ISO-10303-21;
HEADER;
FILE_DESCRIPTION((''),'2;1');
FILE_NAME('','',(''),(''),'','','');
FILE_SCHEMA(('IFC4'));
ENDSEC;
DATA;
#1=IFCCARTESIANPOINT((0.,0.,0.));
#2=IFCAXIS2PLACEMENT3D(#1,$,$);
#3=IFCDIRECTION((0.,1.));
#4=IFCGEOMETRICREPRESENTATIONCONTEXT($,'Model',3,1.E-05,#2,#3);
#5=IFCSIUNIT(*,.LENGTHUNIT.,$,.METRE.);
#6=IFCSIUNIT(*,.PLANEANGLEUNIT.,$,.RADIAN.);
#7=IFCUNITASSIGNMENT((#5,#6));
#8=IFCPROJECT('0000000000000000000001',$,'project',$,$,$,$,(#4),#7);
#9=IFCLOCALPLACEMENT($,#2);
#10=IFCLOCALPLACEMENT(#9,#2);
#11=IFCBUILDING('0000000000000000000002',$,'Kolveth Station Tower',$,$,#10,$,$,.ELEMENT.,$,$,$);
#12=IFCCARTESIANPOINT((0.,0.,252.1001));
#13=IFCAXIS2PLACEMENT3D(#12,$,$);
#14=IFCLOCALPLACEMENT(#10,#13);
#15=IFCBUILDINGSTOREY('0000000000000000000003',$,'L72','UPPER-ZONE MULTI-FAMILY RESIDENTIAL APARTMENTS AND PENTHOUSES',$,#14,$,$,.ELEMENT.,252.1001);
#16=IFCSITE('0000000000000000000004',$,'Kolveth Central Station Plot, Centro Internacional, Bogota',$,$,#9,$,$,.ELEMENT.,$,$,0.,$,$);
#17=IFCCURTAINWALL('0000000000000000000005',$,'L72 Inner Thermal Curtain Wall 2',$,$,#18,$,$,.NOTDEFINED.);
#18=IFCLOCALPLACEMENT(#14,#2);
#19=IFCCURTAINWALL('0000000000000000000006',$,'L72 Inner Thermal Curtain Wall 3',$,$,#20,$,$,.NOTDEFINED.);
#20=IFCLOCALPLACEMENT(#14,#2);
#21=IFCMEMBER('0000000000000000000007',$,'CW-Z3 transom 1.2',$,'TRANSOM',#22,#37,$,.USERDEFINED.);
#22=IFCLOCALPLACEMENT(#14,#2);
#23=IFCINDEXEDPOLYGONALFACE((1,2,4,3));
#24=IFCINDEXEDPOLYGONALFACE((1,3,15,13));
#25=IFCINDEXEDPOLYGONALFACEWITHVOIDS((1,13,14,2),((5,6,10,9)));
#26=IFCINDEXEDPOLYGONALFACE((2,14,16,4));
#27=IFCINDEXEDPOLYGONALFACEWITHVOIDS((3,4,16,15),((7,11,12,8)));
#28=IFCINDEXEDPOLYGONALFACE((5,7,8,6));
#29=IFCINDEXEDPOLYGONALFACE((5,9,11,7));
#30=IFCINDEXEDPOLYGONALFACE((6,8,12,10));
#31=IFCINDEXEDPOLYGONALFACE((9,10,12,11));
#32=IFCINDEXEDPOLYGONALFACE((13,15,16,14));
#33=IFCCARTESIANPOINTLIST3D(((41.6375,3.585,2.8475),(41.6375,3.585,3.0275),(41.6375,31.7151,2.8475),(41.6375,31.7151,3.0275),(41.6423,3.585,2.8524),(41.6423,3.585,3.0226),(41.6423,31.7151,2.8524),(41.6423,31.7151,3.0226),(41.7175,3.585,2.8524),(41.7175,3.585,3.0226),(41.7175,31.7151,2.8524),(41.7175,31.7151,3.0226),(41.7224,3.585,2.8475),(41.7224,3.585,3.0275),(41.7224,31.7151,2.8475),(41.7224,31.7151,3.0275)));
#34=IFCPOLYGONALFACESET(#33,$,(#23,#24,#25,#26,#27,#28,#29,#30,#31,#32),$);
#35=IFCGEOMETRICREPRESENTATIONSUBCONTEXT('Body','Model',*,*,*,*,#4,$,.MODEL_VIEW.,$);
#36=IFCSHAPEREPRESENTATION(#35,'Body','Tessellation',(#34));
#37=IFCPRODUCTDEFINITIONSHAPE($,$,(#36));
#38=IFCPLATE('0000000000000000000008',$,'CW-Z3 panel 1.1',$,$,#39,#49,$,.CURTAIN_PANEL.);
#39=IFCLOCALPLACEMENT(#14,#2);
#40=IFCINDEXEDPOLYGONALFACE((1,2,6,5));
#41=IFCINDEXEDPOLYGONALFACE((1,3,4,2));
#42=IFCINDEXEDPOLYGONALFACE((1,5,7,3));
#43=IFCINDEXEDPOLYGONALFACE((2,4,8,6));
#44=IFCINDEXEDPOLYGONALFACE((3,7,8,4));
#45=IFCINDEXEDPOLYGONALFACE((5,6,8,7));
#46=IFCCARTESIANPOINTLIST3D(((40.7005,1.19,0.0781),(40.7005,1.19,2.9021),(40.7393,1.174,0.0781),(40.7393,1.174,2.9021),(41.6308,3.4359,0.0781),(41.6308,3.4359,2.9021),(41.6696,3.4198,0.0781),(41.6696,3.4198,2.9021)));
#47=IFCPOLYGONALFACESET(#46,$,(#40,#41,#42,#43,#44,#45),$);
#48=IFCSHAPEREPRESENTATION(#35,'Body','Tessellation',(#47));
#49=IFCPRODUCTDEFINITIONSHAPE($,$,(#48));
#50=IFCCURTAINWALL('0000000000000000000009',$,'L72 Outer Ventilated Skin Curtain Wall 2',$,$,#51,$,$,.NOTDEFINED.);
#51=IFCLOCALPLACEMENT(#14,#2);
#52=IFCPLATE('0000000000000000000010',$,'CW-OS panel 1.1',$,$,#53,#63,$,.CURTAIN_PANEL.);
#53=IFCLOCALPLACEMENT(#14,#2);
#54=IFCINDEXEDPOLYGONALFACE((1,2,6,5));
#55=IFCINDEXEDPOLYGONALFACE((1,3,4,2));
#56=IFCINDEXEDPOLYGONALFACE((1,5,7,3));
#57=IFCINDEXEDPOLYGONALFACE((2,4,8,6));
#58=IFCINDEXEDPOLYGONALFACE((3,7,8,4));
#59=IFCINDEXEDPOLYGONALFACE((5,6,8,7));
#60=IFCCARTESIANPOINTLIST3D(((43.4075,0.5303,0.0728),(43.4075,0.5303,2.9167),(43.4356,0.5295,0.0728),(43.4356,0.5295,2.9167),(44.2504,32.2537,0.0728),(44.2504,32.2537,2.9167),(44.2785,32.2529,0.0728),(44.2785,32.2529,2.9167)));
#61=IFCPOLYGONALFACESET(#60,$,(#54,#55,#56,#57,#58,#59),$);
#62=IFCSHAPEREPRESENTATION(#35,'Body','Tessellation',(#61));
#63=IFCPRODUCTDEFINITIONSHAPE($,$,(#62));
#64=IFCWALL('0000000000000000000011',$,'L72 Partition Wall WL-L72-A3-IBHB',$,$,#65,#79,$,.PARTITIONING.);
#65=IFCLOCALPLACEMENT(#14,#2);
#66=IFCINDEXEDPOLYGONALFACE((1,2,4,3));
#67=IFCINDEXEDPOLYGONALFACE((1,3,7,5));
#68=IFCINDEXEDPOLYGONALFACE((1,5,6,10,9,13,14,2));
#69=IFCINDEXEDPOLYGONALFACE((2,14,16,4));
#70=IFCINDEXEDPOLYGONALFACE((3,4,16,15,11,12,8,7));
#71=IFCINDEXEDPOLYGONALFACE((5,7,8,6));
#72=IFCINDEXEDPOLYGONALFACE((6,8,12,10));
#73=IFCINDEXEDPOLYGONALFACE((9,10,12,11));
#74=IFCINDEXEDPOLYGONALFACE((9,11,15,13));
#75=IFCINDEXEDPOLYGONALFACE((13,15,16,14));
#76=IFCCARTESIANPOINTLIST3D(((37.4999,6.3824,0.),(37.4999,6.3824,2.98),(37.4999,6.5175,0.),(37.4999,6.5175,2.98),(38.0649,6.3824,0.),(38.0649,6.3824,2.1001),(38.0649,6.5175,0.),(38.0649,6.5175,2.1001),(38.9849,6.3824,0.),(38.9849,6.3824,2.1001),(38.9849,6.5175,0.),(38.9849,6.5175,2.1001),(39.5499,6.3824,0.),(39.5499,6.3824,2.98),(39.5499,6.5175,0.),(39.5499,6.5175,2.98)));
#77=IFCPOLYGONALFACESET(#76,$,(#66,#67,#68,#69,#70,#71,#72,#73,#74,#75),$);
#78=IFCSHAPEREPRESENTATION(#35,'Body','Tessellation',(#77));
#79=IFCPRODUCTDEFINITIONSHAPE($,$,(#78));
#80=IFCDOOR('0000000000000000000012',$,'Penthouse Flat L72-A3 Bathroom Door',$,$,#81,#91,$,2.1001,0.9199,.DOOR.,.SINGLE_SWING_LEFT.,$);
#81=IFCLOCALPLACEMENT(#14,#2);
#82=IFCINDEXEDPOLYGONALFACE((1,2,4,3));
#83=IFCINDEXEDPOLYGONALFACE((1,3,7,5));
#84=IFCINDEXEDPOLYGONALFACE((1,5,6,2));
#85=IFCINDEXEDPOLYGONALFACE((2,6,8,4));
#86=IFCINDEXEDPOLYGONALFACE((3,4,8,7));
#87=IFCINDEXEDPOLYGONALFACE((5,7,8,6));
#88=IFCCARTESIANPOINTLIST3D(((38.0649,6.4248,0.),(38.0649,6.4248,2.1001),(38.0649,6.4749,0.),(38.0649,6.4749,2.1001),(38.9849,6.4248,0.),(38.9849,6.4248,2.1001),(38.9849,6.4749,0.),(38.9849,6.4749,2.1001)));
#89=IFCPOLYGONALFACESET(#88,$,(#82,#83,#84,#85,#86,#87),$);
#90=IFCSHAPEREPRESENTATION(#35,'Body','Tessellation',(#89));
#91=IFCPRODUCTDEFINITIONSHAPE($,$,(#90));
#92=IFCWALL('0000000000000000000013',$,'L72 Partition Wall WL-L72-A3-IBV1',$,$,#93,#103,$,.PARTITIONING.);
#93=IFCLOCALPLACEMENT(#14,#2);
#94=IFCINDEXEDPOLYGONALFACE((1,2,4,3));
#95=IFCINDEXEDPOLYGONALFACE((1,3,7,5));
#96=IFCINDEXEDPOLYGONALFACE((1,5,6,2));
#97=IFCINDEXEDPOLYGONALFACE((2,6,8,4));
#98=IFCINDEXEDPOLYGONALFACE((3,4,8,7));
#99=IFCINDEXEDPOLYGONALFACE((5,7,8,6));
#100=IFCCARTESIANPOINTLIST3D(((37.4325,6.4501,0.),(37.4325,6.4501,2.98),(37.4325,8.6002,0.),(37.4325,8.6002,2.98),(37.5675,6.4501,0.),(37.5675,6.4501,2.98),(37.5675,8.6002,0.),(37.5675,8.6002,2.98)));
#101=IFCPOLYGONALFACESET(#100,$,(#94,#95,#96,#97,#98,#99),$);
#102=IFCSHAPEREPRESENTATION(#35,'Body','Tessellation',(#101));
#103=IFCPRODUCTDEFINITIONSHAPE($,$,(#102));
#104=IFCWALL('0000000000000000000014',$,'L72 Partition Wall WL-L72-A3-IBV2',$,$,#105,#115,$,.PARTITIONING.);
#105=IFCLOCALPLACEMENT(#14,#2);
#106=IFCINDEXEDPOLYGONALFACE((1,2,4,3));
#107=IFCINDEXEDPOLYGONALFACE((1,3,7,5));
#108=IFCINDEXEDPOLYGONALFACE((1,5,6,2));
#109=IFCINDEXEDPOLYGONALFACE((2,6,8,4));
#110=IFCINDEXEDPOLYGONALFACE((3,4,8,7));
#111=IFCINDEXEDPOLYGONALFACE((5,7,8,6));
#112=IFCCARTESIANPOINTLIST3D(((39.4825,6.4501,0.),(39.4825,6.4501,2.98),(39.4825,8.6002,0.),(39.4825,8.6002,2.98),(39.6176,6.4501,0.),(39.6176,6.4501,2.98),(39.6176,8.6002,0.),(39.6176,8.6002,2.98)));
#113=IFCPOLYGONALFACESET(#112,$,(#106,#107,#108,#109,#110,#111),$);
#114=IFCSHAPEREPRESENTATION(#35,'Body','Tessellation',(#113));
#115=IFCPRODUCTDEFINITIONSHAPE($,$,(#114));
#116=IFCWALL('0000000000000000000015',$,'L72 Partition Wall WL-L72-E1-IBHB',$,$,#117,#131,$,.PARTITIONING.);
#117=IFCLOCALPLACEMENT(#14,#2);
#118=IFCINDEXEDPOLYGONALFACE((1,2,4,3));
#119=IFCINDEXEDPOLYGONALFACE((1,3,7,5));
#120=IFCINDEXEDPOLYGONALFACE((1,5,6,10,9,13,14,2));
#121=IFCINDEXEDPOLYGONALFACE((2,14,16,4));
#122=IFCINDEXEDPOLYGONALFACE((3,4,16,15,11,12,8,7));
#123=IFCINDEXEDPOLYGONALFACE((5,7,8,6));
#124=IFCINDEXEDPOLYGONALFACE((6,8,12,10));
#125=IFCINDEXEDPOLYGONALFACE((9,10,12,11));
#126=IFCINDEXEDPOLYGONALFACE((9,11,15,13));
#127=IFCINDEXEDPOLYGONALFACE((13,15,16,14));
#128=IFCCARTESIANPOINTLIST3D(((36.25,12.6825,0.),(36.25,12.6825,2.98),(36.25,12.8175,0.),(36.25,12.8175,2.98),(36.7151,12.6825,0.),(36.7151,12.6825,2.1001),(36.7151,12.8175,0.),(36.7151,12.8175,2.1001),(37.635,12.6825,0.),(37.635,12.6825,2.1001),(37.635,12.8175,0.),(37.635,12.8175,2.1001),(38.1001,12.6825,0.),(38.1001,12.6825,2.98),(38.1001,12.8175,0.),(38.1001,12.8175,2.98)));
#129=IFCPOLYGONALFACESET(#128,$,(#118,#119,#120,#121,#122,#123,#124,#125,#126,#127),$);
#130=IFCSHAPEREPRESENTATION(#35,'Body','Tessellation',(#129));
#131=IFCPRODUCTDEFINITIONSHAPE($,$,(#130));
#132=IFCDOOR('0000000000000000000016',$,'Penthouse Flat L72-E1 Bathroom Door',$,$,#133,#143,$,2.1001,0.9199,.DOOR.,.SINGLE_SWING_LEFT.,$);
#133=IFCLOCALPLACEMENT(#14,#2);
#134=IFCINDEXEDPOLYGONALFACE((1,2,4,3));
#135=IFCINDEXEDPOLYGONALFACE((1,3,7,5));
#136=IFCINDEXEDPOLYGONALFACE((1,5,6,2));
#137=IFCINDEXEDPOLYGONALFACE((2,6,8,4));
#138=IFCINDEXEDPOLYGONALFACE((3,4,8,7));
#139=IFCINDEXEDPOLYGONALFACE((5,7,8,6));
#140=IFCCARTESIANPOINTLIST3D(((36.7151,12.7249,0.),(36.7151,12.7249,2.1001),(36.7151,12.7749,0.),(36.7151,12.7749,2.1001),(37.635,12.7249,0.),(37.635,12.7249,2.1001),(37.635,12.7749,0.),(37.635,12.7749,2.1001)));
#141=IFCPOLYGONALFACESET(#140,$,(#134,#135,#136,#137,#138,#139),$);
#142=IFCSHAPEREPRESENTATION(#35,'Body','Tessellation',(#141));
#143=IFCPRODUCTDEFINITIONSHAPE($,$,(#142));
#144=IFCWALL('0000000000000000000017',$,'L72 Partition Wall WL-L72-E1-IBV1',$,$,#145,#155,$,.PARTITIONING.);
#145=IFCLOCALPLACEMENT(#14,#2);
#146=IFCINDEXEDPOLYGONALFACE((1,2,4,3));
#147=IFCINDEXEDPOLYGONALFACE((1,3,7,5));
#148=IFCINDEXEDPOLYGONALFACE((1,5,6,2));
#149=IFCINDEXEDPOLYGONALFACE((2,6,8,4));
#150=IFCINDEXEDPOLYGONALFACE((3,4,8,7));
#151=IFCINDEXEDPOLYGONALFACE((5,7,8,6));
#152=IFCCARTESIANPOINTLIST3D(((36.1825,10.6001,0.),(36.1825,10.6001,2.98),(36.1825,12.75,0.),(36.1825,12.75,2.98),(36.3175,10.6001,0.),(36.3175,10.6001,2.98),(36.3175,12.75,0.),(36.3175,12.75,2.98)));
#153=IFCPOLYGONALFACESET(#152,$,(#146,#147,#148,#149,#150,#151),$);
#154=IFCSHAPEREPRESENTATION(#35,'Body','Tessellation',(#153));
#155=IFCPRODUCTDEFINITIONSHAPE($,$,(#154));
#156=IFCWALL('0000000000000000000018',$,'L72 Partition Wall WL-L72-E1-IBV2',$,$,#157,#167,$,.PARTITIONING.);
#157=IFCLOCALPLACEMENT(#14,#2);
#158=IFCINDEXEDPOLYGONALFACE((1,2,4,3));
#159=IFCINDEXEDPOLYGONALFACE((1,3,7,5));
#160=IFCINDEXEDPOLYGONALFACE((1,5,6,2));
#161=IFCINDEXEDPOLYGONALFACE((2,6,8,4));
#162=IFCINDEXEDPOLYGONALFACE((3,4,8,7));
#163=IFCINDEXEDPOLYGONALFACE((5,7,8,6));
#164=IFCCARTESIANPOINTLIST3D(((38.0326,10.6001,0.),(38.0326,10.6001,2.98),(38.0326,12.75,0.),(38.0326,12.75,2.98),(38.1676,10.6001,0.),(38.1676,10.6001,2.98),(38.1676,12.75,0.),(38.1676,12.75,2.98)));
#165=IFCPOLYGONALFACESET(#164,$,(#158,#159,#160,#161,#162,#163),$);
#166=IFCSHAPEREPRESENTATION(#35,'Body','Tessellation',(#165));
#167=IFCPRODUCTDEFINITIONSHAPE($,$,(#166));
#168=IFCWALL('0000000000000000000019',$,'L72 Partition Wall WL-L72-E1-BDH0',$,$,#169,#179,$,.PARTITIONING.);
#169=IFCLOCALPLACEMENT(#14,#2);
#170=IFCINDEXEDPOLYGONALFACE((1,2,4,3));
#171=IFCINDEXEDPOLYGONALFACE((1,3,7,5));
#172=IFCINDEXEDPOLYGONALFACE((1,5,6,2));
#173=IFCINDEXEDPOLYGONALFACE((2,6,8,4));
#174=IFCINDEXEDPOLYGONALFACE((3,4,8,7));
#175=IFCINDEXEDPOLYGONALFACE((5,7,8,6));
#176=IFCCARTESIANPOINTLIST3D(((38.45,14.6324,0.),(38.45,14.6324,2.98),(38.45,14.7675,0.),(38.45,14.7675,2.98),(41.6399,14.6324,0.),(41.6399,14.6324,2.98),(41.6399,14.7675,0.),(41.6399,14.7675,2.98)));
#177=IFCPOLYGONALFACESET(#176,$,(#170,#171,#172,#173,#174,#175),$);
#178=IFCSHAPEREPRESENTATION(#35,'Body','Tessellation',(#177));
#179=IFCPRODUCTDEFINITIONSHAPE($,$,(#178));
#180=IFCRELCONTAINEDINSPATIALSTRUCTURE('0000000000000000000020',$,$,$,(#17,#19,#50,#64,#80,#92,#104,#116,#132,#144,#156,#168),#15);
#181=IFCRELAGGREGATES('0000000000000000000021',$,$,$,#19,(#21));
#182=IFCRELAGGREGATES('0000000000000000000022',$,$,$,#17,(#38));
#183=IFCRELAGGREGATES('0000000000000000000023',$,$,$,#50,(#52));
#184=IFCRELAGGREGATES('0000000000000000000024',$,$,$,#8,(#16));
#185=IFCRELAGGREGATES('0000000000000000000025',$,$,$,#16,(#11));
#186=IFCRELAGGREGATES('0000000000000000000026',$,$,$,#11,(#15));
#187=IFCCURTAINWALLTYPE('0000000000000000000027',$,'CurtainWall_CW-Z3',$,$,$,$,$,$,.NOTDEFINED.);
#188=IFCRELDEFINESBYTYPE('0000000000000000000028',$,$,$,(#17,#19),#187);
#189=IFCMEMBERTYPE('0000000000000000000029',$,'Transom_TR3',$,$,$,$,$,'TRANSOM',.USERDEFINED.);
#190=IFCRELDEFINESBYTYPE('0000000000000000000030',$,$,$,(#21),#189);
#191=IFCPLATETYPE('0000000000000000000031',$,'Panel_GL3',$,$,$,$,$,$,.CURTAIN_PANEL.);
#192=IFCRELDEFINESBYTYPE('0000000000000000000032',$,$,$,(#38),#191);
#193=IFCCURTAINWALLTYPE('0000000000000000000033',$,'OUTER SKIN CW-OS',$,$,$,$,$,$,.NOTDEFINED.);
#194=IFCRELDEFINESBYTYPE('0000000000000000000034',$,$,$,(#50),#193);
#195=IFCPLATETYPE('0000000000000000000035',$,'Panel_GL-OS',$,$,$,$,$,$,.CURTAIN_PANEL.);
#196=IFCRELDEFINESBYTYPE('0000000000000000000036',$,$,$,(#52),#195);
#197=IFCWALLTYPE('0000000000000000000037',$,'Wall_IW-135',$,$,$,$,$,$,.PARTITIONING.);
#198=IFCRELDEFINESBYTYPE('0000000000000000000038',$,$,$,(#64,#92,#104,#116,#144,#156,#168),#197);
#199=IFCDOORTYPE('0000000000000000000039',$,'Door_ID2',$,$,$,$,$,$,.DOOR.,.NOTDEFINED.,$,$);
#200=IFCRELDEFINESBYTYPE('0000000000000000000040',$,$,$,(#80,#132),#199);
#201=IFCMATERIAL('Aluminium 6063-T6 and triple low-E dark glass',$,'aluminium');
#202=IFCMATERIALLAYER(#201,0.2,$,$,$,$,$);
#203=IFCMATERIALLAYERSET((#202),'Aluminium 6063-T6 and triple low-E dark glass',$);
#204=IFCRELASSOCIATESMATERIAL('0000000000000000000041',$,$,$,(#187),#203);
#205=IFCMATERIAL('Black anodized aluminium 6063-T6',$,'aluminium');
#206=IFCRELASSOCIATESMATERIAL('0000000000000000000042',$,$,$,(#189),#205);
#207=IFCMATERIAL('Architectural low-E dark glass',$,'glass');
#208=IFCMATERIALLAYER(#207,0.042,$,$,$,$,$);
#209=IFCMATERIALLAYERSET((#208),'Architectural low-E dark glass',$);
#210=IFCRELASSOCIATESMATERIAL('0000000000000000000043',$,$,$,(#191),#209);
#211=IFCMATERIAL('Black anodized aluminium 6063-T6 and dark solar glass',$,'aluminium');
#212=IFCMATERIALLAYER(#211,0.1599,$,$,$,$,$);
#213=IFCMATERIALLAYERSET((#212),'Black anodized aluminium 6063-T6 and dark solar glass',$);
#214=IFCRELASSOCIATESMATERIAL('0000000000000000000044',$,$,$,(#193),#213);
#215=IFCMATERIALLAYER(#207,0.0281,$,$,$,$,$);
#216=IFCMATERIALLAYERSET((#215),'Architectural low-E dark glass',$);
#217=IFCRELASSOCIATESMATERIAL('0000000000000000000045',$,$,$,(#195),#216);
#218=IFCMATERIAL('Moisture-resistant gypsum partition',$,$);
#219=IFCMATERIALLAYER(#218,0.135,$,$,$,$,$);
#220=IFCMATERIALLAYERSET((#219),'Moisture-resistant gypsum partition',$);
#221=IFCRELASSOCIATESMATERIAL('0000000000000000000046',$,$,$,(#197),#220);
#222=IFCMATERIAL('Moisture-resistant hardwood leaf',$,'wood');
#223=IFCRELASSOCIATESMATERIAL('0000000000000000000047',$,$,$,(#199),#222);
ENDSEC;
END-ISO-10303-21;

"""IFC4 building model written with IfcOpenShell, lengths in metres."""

from ifc_helpers import new_model, si_unit, direction, frame, frame_2d, origin, origin_2d, place, context, subcontext, project, spatial, rectangle, hollow_rectangle, extrude, source, transform, mapped, material, layer, layer_set, material_profile, profile_set, type_object, element, fill, aggregate, save


model = new_model("IFC4")

# Units and contexts
model_context = context("Model", 3, precision=1e-05, world=origin(), true_north=direction((0.0, 1.0)))
body_context = subcontext(model_context, "Body", "Model", "MODEL_VIEW")
ifc_project = project(units=[si_unit("LENGTHUNIT", "METRE"), si_unit("PLANEANGLEUNIT", "RADIAN")], contexts=[model_context])

# Site, building, storey
site_placement = place(None, origin())
site = spatial("IfcSite", under=ifc_project, at=site_placement, Name="Kolveth Central Station Plot, Centro Internacional, Bogota", CompositionType="ELEMENT", RefElevation=0.0)
building_placement = place(site_placement, origin())
building = spatial("IfcBuilding", under=site, at=building_placement, Name="Kolveth Station Tower", CompositionType="ELEMENT")
storey_placement = place(building_placement, frame((0.0, 0.0, 252.1001)))
storey = spatial("IfcBuildingStorey", under=building, at=storey_placement, Name="L72", Description="UPPER-ZONE MULTI-FAMILY RESIDENTIAL APARTMENTS AND PENTHOUSES", CompositionType="ELEMENT", Elevation=252.1001)

# Curtain walls
ifc_material_1 = material(Name="Aluminium 6063-T6 and triple low-E dark glass", Category="aluminium")
ifc_layer_1 = layer(ifc_material_1, 0.2)
ifc_layer_set_1 = layer_set([ifc_layer_1], Name="Aluminium 6063-T6 and triple low-E dark glass")
curtain_wall_type_1 = type_object("IfcCurtainWallType", Name="CurtainWall_CW-Z3", PredefinedType="NOTDEFINED", material=ifc_layer_set_1)
curtain_wall_1_placement = place(storey_placement, origin())
curtain_wall_1 = element("IfcCurtainWall", 1, at=curtain_wall_1_placement, inside=storey, type_object=curtain_wall_type_1, Name="L72 Inner Thermal Curtain Wall 2", PredefinedType="NOTDEFINED")
ifc_material_2 = material(Name="Black anodized aluminium 6063-T6", Category="aluminium")
curtain_wall_2_placement = place(storey_placement, origin())
curtain_wall_2 = element("IfcCurtainWall", 2, at=curtain_wall_2_placement, inside=storey, type_object=curtain_wall_type_1, Name="L72 Inner Thermal Curtain Wall 3", PredefinedType="NOTDEFINED")

# Member
ifc_material_profile_1 = material_profile(ifc_material_2, hollow_rectangle(XDim=0.085, YDim=0.1799, WallThickness=0.0049, at=origin_2d()), Name="ALU-85x180x5")
ifc_profile_set_1 = profile_set([ifc_material_profile_1], Name="Black anodized aluminium 6063-T6")
member_type_1 = type_object("IfcMemberType", Name="Transom_TR3", ElementType="TRANSOM", PredefinedType="USERDEFINED", material=ifc_profile_set_1)
shared_shape_1 = source(origin(), body_context, "Body", "SweptSolid", [
    extrude(hollow_rectangle(XDim=0.085, YDim=0.1799, WallThickness=0.0049, at=origin_2d()), origin(), (0.0, 0.0, 1.0), 28.1301),
])
member_1_placement = place(storey_placement, frame((41.6799, 3.585, 2.9375), z_axis=(0.0, 1.0, 0.0), x_axis=(-1.0, 0.0, 0.0)))
member_1 = element("IfcMember", 3, at=member_1_placement, type_object=member_type_1, Name="CW-Z3 transom 1.2", ObjectType="TRANSOM", PredefinedType="USERDEFINED", context=body_context, shape_type="MappedRepresentation", body=[
    mapped(shared_shape_1, transform((0.0, 0.0, 0.0), x_axis=(1.0, 0.0, 0.0), y_axis=(0.0, 1.0, 0.0), z_axis=(0.0, 0.0, 1.0), scale=1.0)),
])
aggregate(curtain_wall_2, [member_1])

# Plate
ifc_material_3 = material(Name="Architectural low-E dark glass", Category="glass")
ifc_layer_2 = layer(ifc_material_3, 0.042)
ifc_layer_set_2 = layer_set([ifc_layer_2], Name="Architectural low-E dark glass")
plate_type_1 = type_object("IfcPlateType", Name="Panel_GL3", PredefinedType="CURTAIN_PANEL", material=ifc_layer_set_2)
shared_shape_2 = source(origin(), body_context, "Body", "SweptSolid", [
    extrude(rectangle(XDim=2.4309, YDim=0.042, at=origin_2d()), origin(), (0.0, 0.0, 1.0), 2.824),
])
plate_1_placement = place(storey_placement, frame((41.1851, 2.3049, 0.0781), z_axis=(0.0, 0.0, 1.0), x_axis=(0.382693, 0.923875, 0.0)))
plate_1 = element("IfcPlate", 4, at=plate_1_placement, type_object=plate_type_1, Name="CW-Z3 panel 1.1", PredefinedType="CURTAIN_PANEL", context=body_context, shape_type="MappedRepresentation", body=[
    mapped(shared_shape_2, transform((0.0, 0.0, 0.0), x_axis=(1.0, 0.0, 0.0), y_axis=(0.0, 1.0, 0.0), z_axis=(0.0, 0.0, 1.0), scale=1.0)),
])
aggregate(curtain_wall_1, [plate_1])

# Curtain wall, plate
ifc_material_4 = material(Name="Black anodized aluminium 6063-T6 and dark solar glass", Category="aluminium")
ifc_layer_3 = layer(ifc_material_4, 0.1599)
ifc_layer_set_3 = layer_set([ifc_layer_3], Name="Black anodized aluminium 6063-T6 and dark solar glass")
curtain_wall_type_2 = type_object("IfcCurtainWallType", Name="OUTER SKIN CW-OS", PredefinedType="NOTDEFINED", material=ifc_layer_set_3)
curtain_wall_3_placement = place(storey_placement, origin())
curtain_wall_3 = element("IfcCurtainWall", 5, at=curtain_wall_3_placement, inside=storey, type_object=curtain_wall_type_2, Name="L72 Outer Ventilated Skin Curtain Wall 2", PredefinedType="NOTDEFINED")
ifc_layer_4 = layer(ifc_material_3, 0.0281)
ifc_layer_set_4 = layer_set([ifc_layer_4], Name="Architectural low-E dark glass")
plate_type_2 = type_object("IfcPlateType", Name="Panel_GL-OS", PredefinedType="CURTAIN_PANEL", material=ifc_layer_set_4)
shared_shape_3 = source(origin(), body_context, "Body", "SweptSolid", [
    extrude(rectangle(XDim=31.7346, YDim=0.0281, at=origin_2d()), origin(), (0.0, 0.0, 1.0), 2.844),
])
plate_2_placement = place(storey_placement, frame((43.843, 16.3916, 0.0728), z_axis=(0.0, 0.0, 1.0), x_axis=(0.026561, 0.999647, 0.0)))
plate_2 = element("IfcPlate", 6, at=plate_2_placement, type_object=plate_type_2, Name="CW-OS panel 1.1", PredefinedType="CURTAIN_PANEL", context=body_context, shape_type="MappedRepresentation", body=[
    mapped(shared_shape_3, transform((0.0, 0.0, 0.0), x_axis=(1.0, 0.0, 0.0), y_axis=(0.0, 1.0, 0.0), z_axis=(0.0, 0.0, 1.0), scale=1.0)),
])
aggregate(curtain_wall_3, [plate_2])

# Wall, opening, door
ifc_material_5 = material(Name="Moisture-resistant gypsum partition")
ifc_layer_5 = layer(ifc_material_5, 0.135)
ifc_layer_set_5 = layer_set([ifc_layer_5], Name="Moisture-resistant gypsum partition")
wall_type_1 = type_object("IfcWallType", Name="Wall_IW-135", PredefinedType="PARTITIONING", material=ifc_layer_set_5)
wall_1_placement = place(storey_placement, frame((37.5, 6.45, 0.0), z_axis=(0.0, 0.0, 1.0), x_axis=(1.0, 0.0, 0.0)))
wall_1 = element("IfcWall", 7, at=wall_1_placement, inside=storey, type_object=wall_type_1, Name="L72 Partition Wall WL-L72-A3-IBHB", PredefinedType="PARTITIONING", context=body_context, shape_type="SweptSolid", body=[
    extrude(rectangle(XDim=2.05, YDim=0.135, at=frame_2d((1.0249, 0.0))), origin(), (0.0, 0.0, 1.0), 2.98),
])
opening_1_placement = place(wall_1_placement, frame((0.5649, 0.0, 0.0)))
opening_1 = element("IfcOpeningElement", 8, at=opening_1_placement, cuts=wall_1, PredefinedType="OPENING", context=body_context, shape_type="SweptSolid", body=[
    extrude(rectangle(XDim=0.9199, YDim=2.1001, at=frame_2d((0.46, 1.05))), frame((0.0, 0.0774, 0.0), z_axis=(0.0, -1.0, 0.0), x_axis=(1.0, 0.0, 0.0)), (0.0, 0.0, 1.0), 0.155),
])
ifc_material_6 = material(Name="Moisture-resistant hardwood leaf", Category="wood")
door_type_1 = type_object("IfcDoorType", Name="Door_ID2", OperationType="NOTDEFINED", PredefinedType="DOOR", material=ifc_material_6)
door_1_placement = place(opening_1_placement, origin())
door_1 = element("IfcDoor", 9, at=door_1_placement, inside=storey, type_object=door_type_1, Name="Penthouse Flat L72-A3 Bathroom Door", OperationType="SINGLE_SWING_LEFT", OverallHeight=2.1001, OverallWidth=0.9199, PredefinedType="DOOR", context=body_context, shape_type="SweptSolid", body=[
    extrude(rectangle(XDim=0.9199, YDim=2.1001, at=frame_2d((0.46, 1.05))), frame((0.0, 0.0249, 0.0), z_axis=(0.0, -1.0, 0.0), x_axis=(1.0, 0.0, 0.0)), (0.0, 0.0, 1.0), 0.05),
])
fill(opening_1, door_1)

# Walls
for number, where, z_axis, x_axis, name in (
    (10, (37.5, 6.45, 0.0), (0.0, 0.0, 1.0), (0.0, 1.0, 0.0), "L72 Partition Wall WL-L72-A3-IBV1"),
    (11, (39.55, 6.45, 0.0), (0.0, 0.0, 1.0), (0.0, 1.0, 0.0), "L72 Partition Wall WL-L72-A3-IBV2"),
):
    element("IfcWall", number, at=place(storey_placement, frame(where, z_axis=z_axis, x_axis=x_axis)), inside=storey, type_object=wall_type_1, Name=name, PredefinedType="PARTITIONING", context=body_context, shape_type="SweptSolid", body=[
        extrude(rectangle(XDim=2.1501, YDim=0.135, at=frame_2d((1.0752, 0.0))), origin(), (0.0, 0.0, 1.0), 2.98),
    ])

# Wall, opening, door
wall_2_placement = place(storey_placement, frame((36.25, 12.75, 0.0), z_axis=(0.0, 0.0, 1.0), x_axis=(1.0, 0.0, 0.0)))
wall_2 = element("IfcWall", 12, at=wall_2_placement, inside=storey, type_object=wall_type_1, Name="L72 Partition Wall WL-L72-E1-IBHB", PredefinedType="PARTITIONING", context=body_context, shape_type="SweptSolid", body=[
    extrude(rectangle(XDim=1.8501, YDim=0.135, at=frame_2d((0.925, 0.0))), origin(), (0.0, 0.0, 1.0), 2.98),
])
opening_2_placement = place(wall_2_placement, frame((0.4651, 0.0, 0.0)))
opening_2 = element("IfcOpeningElement", 13, at=opening_2_placement, cuts=wall_2, PredefinedType="OPENING", context=body_context, shape_type="SweptSolid", body=[
    extrude(rectangle(XDim=0.9199, YDim=2.1001, at=frame_2d((0.46, 1.05))), frame((0.0, 0.0774, 0.0), z_axis=(0.0, -1.0, 0.0), x_axis=(1.0, 0.0, 0.0)), (0.0, 0.0, 1.0), 0.155),
])
door_2_placement = place(opening_2_placement, origin())
door_2 = element("IfcDoor", 14, at=door_2_placement, inside=storey, type_object=door_type_1, Name="Penthouse Flat L72-E1 Bathroom Door", OperationType="SINGLE_SWING_LEFT", OverallHeight=2.1001, OverallWidth=0.9199, PredefinedType="DOOR", context=body_context, shape_type="SweptSolid", body=[
    extrude(rectangle(XDim=0.9199, YDim=2.1001, at=frame_2d((0.46, 1.05))), frame((0.0, 0.0249, 0.0), z_axis=(0.0, -1.0, 0.0), x_axis=(1.0, 0.0, 0.0)), (0.0, 0.0, 1.0), 0.05),
])
fill(opening_2, door_2)

# Walls
for number, where, z_axis, x_axis, name in (
    (15, (36.25, 10.6001, 0.0), (0.0, 0.0, 1.0), (0.0, 1.0, 0.0), "L72 Partition Wall WL-L72-E1-IBV1"),
    (16, (38.1001, 10.6001, 0.0), (0.0, 0.0, 1.0), (0.0, 1.0, 0.0), "L72 Partition Wall WL-L72-E1-IBV2"),
):
    element("IfcWall", number, at=place(storey_placement, frame(where, z_axis=z_axis, x_axis=x_axis)), inside=storey, type_object=wall_type_1, Name=name, PredefinedType="PARTITIONING", context=body_context, shape_type="SweptSolid", body=[
        extrude(rectangle(XDim=2.1499, YDim=0.135, at=frame_2d((1.075, 0.0))), origin(), (0.0, 0.0, 1.0), 2.98),
    ])
wall_3_placement = place(storey_placement, frame((38.45, 14.7, 0.0), z_axis=(0.0, 0.0, 1.0), x_axis=(1.0, 0.0, 0.0)))
element("IfcWall", 17, at=wall_3_placement, inside=storey, type_object=wall_type_1, Name="L72 Partition Wall WL-L72-E1-BDH0", PredefinedType="PARTITIONING", context=body_context, shape_type="SweptSolid", body=[
    extrude(rectangle(XDim=3.1899, YDim=0.135, at=frame_2d((1.595, 0.0))), origin(), (0.0, 0.0, 1.0), 2.98),
])

save(model, "model.ifc")
